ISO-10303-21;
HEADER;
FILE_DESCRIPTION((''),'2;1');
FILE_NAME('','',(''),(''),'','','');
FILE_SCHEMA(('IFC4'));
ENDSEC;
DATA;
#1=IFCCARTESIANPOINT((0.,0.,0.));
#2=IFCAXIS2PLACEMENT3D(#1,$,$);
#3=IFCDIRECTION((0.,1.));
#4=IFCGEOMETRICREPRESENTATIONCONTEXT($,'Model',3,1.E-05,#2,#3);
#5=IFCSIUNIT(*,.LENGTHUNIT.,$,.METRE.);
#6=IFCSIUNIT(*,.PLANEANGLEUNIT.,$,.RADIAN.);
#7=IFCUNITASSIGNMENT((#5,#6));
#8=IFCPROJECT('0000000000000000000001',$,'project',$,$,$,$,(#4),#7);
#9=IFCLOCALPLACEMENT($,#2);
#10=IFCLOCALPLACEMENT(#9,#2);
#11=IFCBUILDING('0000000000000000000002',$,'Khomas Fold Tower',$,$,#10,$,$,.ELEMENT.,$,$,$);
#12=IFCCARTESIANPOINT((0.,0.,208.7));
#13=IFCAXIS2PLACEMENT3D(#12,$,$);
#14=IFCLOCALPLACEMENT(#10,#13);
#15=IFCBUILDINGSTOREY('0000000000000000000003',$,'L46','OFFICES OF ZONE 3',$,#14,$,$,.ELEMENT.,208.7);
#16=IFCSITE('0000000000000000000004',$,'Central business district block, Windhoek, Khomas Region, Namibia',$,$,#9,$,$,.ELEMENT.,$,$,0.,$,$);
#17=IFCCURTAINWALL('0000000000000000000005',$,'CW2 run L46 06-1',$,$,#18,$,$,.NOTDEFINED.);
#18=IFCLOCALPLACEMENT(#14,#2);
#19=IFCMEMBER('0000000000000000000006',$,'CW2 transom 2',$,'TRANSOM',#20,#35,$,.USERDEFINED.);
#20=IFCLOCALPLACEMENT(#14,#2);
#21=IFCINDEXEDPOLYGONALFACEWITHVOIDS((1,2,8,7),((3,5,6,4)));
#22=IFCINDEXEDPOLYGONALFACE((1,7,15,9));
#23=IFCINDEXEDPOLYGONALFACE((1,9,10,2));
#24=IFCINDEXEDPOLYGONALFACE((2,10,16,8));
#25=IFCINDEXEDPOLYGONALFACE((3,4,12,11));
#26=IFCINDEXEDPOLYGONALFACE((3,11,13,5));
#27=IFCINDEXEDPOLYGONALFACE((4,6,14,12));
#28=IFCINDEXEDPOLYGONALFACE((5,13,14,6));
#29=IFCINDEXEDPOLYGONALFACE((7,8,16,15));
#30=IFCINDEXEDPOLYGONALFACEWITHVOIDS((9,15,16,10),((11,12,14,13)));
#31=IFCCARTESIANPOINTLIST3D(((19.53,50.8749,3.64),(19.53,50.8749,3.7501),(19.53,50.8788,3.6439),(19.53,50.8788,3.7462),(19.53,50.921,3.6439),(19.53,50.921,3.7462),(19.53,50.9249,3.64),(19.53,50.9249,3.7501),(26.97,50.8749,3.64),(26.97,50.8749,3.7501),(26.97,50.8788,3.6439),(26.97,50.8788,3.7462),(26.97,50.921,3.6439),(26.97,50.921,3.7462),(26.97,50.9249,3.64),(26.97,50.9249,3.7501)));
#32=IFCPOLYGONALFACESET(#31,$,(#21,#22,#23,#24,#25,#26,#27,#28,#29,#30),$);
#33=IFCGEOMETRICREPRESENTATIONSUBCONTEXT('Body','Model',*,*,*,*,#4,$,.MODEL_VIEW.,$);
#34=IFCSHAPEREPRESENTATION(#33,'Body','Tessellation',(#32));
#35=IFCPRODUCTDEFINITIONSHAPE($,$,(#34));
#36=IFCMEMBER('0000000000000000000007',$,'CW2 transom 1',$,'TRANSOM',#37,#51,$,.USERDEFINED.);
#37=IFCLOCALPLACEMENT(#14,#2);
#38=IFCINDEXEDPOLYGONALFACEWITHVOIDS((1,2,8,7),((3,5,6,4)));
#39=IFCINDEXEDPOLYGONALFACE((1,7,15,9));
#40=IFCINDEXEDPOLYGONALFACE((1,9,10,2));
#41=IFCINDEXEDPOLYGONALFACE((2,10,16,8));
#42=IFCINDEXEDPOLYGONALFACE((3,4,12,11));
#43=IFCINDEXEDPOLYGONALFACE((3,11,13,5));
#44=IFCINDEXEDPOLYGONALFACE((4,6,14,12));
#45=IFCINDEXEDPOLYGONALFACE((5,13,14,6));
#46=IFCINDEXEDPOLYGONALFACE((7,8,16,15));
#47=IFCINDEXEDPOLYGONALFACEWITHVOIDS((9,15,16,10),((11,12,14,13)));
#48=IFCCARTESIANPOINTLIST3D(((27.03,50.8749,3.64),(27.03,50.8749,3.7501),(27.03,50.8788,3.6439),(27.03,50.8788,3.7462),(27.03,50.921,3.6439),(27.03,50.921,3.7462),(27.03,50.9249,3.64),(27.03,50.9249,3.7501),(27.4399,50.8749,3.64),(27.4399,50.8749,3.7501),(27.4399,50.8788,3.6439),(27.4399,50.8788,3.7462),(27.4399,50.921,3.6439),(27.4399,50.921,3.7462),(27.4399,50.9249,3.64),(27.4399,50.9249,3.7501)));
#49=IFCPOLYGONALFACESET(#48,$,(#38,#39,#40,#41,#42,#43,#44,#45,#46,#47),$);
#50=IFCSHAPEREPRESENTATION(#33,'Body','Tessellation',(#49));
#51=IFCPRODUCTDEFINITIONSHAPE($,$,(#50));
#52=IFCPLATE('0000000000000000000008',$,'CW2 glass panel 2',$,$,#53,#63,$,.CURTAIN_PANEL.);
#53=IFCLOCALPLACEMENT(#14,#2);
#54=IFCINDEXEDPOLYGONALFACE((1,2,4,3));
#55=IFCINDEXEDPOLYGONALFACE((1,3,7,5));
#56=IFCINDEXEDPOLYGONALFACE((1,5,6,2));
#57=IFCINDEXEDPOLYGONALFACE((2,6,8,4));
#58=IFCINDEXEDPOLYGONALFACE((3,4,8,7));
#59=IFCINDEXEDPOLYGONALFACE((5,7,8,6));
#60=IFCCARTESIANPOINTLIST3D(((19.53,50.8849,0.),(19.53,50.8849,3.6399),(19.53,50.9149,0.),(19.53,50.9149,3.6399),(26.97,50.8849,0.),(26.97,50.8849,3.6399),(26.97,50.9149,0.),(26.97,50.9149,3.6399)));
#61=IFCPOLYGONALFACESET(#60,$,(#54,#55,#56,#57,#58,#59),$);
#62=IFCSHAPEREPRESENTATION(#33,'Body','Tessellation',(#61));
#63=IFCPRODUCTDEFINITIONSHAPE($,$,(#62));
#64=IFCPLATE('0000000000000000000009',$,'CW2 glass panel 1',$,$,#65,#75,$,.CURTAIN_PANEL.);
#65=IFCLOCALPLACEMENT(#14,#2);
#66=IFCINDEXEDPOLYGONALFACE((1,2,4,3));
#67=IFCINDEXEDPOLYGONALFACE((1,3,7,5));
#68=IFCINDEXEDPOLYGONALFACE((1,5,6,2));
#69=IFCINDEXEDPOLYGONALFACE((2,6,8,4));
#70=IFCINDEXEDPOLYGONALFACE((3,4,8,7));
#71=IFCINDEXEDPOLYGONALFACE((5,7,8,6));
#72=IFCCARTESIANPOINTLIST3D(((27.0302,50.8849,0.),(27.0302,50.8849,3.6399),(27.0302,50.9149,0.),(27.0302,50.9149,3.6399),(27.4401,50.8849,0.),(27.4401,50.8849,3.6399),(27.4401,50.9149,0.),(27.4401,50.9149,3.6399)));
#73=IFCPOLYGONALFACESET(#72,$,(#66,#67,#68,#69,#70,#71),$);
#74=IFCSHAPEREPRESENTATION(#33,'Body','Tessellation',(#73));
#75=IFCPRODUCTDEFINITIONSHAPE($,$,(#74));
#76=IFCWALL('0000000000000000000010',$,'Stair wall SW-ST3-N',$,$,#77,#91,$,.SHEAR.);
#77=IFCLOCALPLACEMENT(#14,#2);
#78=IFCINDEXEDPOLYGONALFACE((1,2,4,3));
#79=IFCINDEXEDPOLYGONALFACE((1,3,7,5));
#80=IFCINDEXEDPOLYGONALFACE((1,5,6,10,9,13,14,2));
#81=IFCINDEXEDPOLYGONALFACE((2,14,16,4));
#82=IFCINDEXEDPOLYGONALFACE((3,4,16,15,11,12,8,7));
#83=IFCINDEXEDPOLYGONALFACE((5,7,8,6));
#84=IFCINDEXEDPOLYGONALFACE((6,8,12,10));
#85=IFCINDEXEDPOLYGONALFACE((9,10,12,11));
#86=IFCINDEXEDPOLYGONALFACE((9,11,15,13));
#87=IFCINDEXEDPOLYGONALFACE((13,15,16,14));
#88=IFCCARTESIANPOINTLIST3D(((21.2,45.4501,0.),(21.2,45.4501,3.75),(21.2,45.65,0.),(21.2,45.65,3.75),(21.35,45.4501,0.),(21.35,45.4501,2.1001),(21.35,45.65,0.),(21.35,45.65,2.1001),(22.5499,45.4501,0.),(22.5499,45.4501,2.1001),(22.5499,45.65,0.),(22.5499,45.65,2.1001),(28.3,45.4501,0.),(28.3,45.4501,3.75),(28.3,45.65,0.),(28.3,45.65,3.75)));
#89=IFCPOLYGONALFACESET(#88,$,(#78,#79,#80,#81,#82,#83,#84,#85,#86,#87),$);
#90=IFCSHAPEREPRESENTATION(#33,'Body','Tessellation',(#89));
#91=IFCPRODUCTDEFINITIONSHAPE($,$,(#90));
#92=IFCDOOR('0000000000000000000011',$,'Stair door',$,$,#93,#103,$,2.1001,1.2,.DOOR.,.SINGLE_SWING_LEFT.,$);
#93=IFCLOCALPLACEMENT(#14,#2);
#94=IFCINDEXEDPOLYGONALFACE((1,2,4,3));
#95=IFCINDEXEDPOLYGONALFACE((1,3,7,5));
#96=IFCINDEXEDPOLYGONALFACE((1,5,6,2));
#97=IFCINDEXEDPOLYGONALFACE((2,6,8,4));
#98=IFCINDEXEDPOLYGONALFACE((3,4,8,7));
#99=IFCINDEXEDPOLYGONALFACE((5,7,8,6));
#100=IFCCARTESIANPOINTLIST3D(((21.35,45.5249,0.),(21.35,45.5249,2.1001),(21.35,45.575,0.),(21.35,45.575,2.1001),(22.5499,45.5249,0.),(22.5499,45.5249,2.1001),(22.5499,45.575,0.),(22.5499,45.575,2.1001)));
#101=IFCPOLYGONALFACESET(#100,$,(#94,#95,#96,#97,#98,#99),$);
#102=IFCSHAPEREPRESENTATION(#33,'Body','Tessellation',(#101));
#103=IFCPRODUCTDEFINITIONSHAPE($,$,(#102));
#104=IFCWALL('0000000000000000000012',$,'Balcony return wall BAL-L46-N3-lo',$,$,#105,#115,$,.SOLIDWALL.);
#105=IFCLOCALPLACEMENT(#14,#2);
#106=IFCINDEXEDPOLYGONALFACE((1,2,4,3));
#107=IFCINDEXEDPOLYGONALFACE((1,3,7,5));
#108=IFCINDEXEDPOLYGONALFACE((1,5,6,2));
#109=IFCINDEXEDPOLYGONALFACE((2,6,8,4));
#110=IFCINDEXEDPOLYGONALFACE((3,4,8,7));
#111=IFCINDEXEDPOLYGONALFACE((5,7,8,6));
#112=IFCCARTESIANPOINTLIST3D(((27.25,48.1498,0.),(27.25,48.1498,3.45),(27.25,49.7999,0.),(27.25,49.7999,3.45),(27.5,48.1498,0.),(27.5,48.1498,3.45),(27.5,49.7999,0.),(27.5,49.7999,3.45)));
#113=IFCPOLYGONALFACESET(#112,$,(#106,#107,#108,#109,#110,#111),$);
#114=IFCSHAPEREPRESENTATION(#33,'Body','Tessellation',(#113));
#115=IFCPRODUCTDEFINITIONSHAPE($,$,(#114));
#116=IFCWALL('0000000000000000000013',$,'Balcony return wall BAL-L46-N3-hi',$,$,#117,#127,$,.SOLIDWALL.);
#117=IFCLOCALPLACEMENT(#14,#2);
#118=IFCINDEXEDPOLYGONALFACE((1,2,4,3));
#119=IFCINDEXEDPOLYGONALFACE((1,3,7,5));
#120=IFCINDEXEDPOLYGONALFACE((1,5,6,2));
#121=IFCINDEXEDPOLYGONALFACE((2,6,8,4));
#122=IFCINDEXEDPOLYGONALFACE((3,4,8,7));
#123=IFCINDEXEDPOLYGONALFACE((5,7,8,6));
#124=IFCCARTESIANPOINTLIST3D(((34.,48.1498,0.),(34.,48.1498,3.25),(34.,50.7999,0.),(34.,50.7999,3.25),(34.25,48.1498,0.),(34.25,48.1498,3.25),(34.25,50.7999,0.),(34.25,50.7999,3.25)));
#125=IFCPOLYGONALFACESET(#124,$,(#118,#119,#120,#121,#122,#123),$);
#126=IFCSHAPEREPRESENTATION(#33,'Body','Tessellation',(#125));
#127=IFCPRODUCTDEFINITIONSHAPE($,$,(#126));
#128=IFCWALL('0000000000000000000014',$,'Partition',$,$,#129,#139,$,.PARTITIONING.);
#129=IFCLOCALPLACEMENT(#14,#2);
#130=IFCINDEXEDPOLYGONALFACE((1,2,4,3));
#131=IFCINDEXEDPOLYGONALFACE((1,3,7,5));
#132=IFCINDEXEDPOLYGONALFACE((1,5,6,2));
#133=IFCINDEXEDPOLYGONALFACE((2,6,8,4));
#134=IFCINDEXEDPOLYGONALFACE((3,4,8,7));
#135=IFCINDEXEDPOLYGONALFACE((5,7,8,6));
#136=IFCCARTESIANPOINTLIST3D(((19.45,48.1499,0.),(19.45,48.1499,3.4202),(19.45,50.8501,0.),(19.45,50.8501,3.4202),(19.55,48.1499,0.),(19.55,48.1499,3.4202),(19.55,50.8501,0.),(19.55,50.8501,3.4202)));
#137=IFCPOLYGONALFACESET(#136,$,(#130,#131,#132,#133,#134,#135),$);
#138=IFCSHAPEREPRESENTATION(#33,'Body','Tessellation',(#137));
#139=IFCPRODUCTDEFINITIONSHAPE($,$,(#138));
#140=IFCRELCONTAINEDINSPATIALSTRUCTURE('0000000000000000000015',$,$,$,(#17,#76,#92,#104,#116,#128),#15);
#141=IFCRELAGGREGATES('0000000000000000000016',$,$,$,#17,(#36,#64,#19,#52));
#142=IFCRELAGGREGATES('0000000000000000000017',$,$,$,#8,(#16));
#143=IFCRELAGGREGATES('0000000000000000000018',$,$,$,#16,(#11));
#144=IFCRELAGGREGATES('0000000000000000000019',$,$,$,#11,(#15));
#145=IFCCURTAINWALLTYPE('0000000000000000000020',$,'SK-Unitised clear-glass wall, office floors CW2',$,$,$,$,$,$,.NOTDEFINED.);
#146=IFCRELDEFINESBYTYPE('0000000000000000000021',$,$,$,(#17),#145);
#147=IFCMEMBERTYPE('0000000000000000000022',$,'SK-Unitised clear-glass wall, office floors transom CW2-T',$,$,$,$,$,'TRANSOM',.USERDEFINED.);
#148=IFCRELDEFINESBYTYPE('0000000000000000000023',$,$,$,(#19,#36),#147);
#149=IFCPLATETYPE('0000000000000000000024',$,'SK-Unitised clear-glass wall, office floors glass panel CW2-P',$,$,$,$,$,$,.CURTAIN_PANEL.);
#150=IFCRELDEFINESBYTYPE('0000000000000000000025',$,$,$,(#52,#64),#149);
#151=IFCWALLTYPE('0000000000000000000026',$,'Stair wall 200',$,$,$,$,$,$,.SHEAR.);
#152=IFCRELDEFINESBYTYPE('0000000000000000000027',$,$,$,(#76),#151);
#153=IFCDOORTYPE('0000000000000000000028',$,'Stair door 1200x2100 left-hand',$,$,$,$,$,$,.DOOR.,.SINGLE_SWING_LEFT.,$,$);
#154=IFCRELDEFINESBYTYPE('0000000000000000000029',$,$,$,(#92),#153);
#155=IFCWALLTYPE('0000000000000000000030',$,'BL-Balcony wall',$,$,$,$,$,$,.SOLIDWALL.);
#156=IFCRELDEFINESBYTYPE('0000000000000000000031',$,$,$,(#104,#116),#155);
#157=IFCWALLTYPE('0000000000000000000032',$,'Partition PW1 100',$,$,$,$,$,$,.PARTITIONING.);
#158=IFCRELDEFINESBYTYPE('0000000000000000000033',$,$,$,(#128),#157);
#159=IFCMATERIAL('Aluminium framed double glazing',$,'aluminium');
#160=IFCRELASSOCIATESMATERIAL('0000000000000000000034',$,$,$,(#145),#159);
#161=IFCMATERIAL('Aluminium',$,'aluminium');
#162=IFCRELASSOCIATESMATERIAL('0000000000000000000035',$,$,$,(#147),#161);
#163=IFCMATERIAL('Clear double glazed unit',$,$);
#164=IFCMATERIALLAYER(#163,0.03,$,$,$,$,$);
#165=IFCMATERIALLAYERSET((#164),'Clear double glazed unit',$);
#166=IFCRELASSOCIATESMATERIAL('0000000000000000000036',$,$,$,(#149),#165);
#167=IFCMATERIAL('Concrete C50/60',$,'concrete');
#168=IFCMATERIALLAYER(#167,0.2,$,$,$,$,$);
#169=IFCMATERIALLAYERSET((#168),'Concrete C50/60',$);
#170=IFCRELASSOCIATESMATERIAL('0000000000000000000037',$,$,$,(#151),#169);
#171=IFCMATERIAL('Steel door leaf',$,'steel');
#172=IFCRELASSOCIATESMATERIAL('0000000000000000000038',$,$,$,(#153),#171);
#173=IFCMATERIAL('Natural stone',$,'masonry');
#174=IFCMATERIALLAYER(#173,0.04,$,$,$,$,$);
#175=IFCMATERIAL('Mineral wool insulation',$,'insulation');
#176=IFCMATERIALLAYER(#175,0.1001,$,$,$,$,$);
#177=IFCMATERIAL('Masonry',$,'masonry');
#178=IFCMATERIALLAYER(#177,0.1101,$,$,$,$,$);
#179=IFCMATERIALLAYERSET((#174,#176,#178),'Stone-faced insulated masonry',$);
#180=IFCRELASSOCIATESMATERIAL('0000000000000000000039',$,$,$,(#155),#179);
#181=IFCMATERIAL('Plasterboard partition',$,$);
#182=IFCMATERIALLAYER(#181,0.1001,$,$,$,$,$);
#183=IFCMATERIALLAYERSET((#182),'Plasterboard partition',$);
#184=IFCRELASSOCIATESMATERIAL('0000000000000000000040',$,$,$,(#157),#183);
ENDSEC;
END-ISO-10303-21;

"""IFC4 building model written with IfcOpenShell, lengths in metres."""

from ifc_helpers import new_model, si_unit, direction, frame, frame_2d, origin, origin_2d, place, context, subcontext, project, spatial, rectangle, hollow_rectangle, extrude, source, transform, mapped, material, layer, layer_set, material_profile, profile_set, type_object, element, fill, aggregate, save


model = new_model("IFC4")

# Units and contexts
model_context = context("Model", 3, precision=1e-05, world=origin(), true_north=direction((0.0, 1.0)))
body_context = subcontext(model_context, "Body", "Model", "MODEL_VIEW")
ifc_project = project(units=[si_unit("LENGTHUNIT", "METRE"), si_unit("PLANEANGLEUNIT", "RADIAN")], contexts=[model_context])

# Site, building, storey
site_placement = place(None, origin())
site = spatial("IfcSite", under=ifc_project, at=site_placement, Name="Central business district block, Windhoek, Khomas Region, Namibia", CompositionType="ELEMENT", RefElevation=0.0)
building_placement = place(site_placement, origin())
building = spatial("IfcBuilding", under=site, at=building_placement, Name="Khomas Fold Tower", CompositionType="ELEMENT")
storey_placement = place(building_placement, frame((0.0, 0.0, 208.7)))
storey = spatial("IfcBuildingStorey", under=building, at=storey_placement, Name="L46", Description="OFFICES OF ZONE 3", CompositionType="ELEMENT", Elevation=208.7)

# Shared definitions
ifc_material_1 = material(Name="Aluminium framed double glazing", Category="aluminium")
curtain_wall_type = type_object("IfcCurtainWallType", Name="SK-Unitised clear-glass wall, office floors CW2", PredefinedType="NOTDEFINED", material=ifc_material_1)

# Curtain wall, members, plates
curtain_wall_1_placement = place(storey_placement, origin())
curtain_wall_1 = element("IfcCurtainWall", 1, at=curtain_wall_1_placement, inside=storey, type_object=curtain_wall_type, Name="CW2 run L46 06-1", PredefinedType="NOTDEFINED")
ifc_material_2 = material(Name="Aluminium", Category="aluminium")
ifc_material_profile_1 = material_profile(ifc_material_2, hollow_rectangle(XDim=0.05, YDim=0.1101, WallThickness=0.0039, at=origin_2d()), Name="SK-Unitised clear-glass wall, office floors transom CW2-T")
ifc_profile_set_1 = profile_set([ifc_material_profile_1], Name="Aluminium")
member_type_1 = type_object("IfcMemberType", Name="SK-Unitised clear-glass wall, office floors transom CW2-T", ElementType="TRANSOM", PredefinedType="USERDEFINED", material=ifc_profile_set_1)
shared_shape_1 = source(origin(), body_context, "Body", "SweptSolid", [
    extrude(hollow_rectangle(XDim=0.05, YDim=0.1101, WallThickness=0.0039, at=origin_2d()), origin(), (0.0, 0.0, 1.0), 7.4399),
])
member_1_placement = place(storey_placement, frame((26.97, 50.8999, 3.6951), z_axis=(-1.0, 0.0, 0.0), x_axis=(0.0, -1.0, 0.0)))
member_1 = element("IfcMember", 2, at=member_1_placement, type_object=member_type_1, Name="CW2 transom 2", ObjectType="TRANSOM", PredefinedType="USERDEFINED", context=body_context, shape_type="MappedRepresentation", body=[
    mapped(shared_shape_1, transform((0.0, 0.0, 0.0))),
])
shared_shape_2 = source(origin(), body_context, "Body", "SweptSolid", [
    extrude(hollow_rectangle(XDim=0.05, YDim=0.1101, WallThickness=0.0039, at=origin_2d()), origin(), (0.0, 0.0, 1.0), 0.4099),
])
member_2_placement = place(storey_placement, frame((27.4399, 50.8999, 3.6951), z_axis=(-1.0, 0.0, 0.0), x_axis=(0.0, -1.0, 0.0)))
member_2 = element("IfcMember", 3, at=member_2_placement, type_object=member_type_1, Name="CW2 transom 1", ObjectType="TRANSOM", PredefinedType="USERDEFINED", context=body_context, shape_type="MappedRepresentation", body=[
    mapped(shared_shape_2, transform((0.0, 0.0, 0.0))),
])
ifc_material_3 = material(Name="Clear double glazed unit")
ifc_layer_1 = layer(ifc_material_3, 0.03)
ifc_layer_set_1 = layer_set([ifc_layer_1], Name="Clear double glazed unit")
plate_type = type_object("IfcPlateType", Name="SK-Unitised clear-glass wall, office floors glass panel CW2-P", PredefinedType="CURTAIN_PANEL", material=ifc_layer_set_1)
shared_shape_3 = source(origin(), body_context, "Body", "SweptSolid", [
    extrude(rectangle(XDim=7.4399, YDim=0.03, at=origin_2d()), origin(), (0.0, 0.0, 1.0), 3.6399),
])
plate_1_placement = place(storey_placement, frame((23.25, 50.8999, 0.0), z_axis=(0.0, 0.0, 1.0), x_axis=(-1.0, 0.0, 0.0)))
plate_1 = element("IfcPlate", 4, at=plate_1_placement, type_object=plate_type, Name="CW2 glass panel 2", PredefinedType="CURTAIN_PANEL", context=body_context, shape_type="MappedRepresentation", body=[
    mapped(shared_shape_3, transform((0.0, 0.0, 0.0))),
])
shared_shape_4 = source(origin(), body_context, "Body", "SweptSolid", [
    extrude(rectangle(XDim=0.4099, YDim=0.03, at=origin_2d()), origin(), (0.0, 0.0, 1.0), 3.6399),
])
plate_2_placement = place(storey_placement, frame((27.2351, 50.8999, 0.0), z_axis=(0.0, 0.0, 1.0), x_axis=(-1.0, 0.0, 0.0)))
plate_2 = element("IfcPlate", 5, at=plate_2_placement, type_object=plate_type, Name="CW2 glass panel 1", PredefinedType="CURTAIN_PANEL", context=body_context, shape_type="MappedRepresentation", body=[
    mapped(shared_shape_4, transform((0.0, 0.0, 0.0))),
])
aggregate(curtain_wall_1, [member_2, plate_2, member_1, plate_1])

# Wall, opening, door
ifc_material_4 = material(Name="Concrete C50/60", Category="concrete")
ifc_layer_2 = layer(ifc_material_4, 0.2)
ifc_layer_set_2 = layer_set([ifc_layer_2], Name="Concrete C50/60")
wall_type_1 = type_object("IfcWallType", Name="Stair wall 200", PredefinedType="SHEAR", material=ifc_layer_set_2)
shared_shape_5 = source(origin(), body_context, "Body", "SweptSolid", [
    extrude(rectangle(XDim=7.1001, YDim=0.2, at=frame_2d((3.55, 0.0))), origin(), (0.0, 0.0, 1.0), 3.75),
])
wall_1_placement = place(storey_placement, frame((21.2, 45.55, 0.0), z_axis=(0.0, 0.0, 1.0), x_axis=(1.0, 0.0, 0.0)))
wall_1 = element("IfcWall", 6, at=wall_1_placement, inside=storey, type_object=wall_type_1, Name="Stair wall SW-ST3-N", PredefinedType="SHEAR", context=body_context, shape_type="MappedRepresentation", body=[
    mapped(shared_shape_5, transform((0.0, 0.0, 0.0))),
])
shared_shape_6 = source(origin(), body_context, "Body", "SweptSolid", [
    extrude(rectangle(XDim=1.2, YDim=2.1001, at=frame_2d((0.6001, 1.05))), frame((0.0, 0.1099, 0.0), z_axis=(0.0, -1.0, 0.0), x_axis=(1.0, 0.0, 0.0)), (0.0, 0.0, 1.0), 0.22),
])
opening_1_placement = place(wall_1_placement, frame((0.1499, 0.0, 0.0)))
opening_1 = element("IfcOpeningElement", 7, at=opening_1_placement, cuts=wall_1, PredefinedType="OPENING", context=body_context, shape_type="MappedRepresentation", body=[
    mapped(shared_shape_6, transform((0.0, 0.0, 0.0))),
])
ifc_material_5 = material(Name="Steel door leaf", Category="steel")
door_type_1 = type_object("IfcDoorType", Name="Stair door 1200x2100 left-hand", OperationType="SINGLE_SWING_LEFT", PredefinedType="DOOR", material=ifc_material_5)
shared_shape_7 = source(origin(), body_context, "Body", "SweptSolid", [
    extrude(rectangle(XDim=1.2, YDim=2.1001, at=frame_2d((0.6001, 1.05))), frame((0.0, 0.0249, 0.0), z_axis=(0.0, -1.0, 0.0), x_axis=(1.0, 0.0, 0.0)), (0.0, 0.0, 1.0), 0.05),
])
door_1_placement = place(opening_1_placement, origin())
door_1 = element("IfcDoor", 8, at=door_1_placement, inside=storey, type_object=door_type_1, Name="Stair door", OperationType="SINGLE_SWING_LEFT", OverallHeight=2.1001, OverallWidth=1.2, PredefinedType="DOOR", context=body_context, shape_type="MappedRepresentation", body=[
    mapped(shared_shape_7, transform((0.0, 0.0, 0.0))),
])
fill(opening_1, door_1)

# Shared definitions
ifc_material_6 = material(Name="Natural stone", Category="masonry")
ifc_layer_3 = layer(ifc_material_6, 0.04)
ifc_material_7 = material(Name="Mineral wool insulation", Category="insulation")
ifc_layer_4 = layer(ifc_material_7, 0.1001)
ifc_material_8 = material(Name="Masonry", Category="masonry")
ifc_layer_5 = layer(ifc_material_8, 0.1101)
ifc_layer_set_3 = layer_set([ifc_layer_3, ifc_layer_4, ifc_layer_5], Name="Stone-faced insulated masonry")
wall_type_2 = type_object("IfcWallType", Name="BL-Balcony wall", PredefinedType="SOLIDWALL", material=ifc_layer_set_3)

# Walls
shared_shape_8 = source(origin(), body_context, "Body", "SweptSolid", [
    extrude(rectangle(XDim=1.6501, YDim=0.25, at=frame_2d((0.8252, 0.0))), origin(), (0.0, 0.0, 1.0), 3.45),
])
wall_2_placement = place(storey_placement, frame((27.375, 49.8, 0.0), z_axis=(0.0, 0.0, 1.0), x_axis=(0.0, -1.0, 0.0)))
element("IfcWall", 9, at=wall_2_placement, inside=storey, type_object=wall_type_2, Name="Balcony return wall BAL-L46-N3-lo", PredefinedType="SOLIDWALL", context=body_context, shape_type="MappedRepresentation", body=[
    mapped(shared_shape_8, transform((0.0, 0.0, 0.0))),
])
shared_shape_9 = source(origin(), body_context, "Body", "SweptSolid", [
    extrude(rectangle(XDim=2.6501, YDim=0.25, at=frame_2d((1.3252, 0.0))), origin(), (0.0, 0.0, 1.0), 3.25),
])
wall_3_placement = place(storey_placement, frame((34.125, 50.8, 0.0), z_axis=(0.0, 0.0, 1.0), x_axis=(0.0, -1.0, 0.0)))
element("IfcWall", 10, at=wall_3_placement, inside=storey, type_object=wall_type_2, Name="Balcony return wall BAL-L46-N3-hi", PredefinedType="SOLIDWALL", context=body_context, shape_type="MappedRepresentation", body=[
    mapped(shared_shape_9, transform((0.0, 0.0, 0.0))),
])
ifc_material_9 = material(Name="Plasterboard partition")
ifc_layer_6 = layer(ifc_material_9, 0.1001)
ifc_layer_set_4 = layer_set([ifc_layer_6], Name="Plasterboard partition")
wall_type_3 = type_object("IfcWallType", Name="Partition PW1 100", PredefinedType="PARTITIONING", material=ifc_layer_set_4)
shared_shape_10 = source(origin(), body_context, "Body", "SweptSolid", [
    extrude(rectangle(XDim=2.7002, YDim=0.1001, at=frame_2d((1.3501, 0.0))), origin(), (0.0, 0.0, 1.0), 3.4202),
])
wall_4_placement = place(storey_placement, frame((19.5, 48.1499, 0.0), z_axis=(0.0, 0.0, 1.0), x_axis=(0.0, 1.0, 0.0)))
element("IfcWall", 11, at=wall_4_placement, inside=storey, type_object=wall_type_3, Name="Partition", PredefinedType="PARTITIONING", context=body_context, shape_type="MappedRepresentation", body=[
    mapped(shared_shape_10, transform((0.0, 0.0, 0.0))),
])

save(model, "model.ifc")
